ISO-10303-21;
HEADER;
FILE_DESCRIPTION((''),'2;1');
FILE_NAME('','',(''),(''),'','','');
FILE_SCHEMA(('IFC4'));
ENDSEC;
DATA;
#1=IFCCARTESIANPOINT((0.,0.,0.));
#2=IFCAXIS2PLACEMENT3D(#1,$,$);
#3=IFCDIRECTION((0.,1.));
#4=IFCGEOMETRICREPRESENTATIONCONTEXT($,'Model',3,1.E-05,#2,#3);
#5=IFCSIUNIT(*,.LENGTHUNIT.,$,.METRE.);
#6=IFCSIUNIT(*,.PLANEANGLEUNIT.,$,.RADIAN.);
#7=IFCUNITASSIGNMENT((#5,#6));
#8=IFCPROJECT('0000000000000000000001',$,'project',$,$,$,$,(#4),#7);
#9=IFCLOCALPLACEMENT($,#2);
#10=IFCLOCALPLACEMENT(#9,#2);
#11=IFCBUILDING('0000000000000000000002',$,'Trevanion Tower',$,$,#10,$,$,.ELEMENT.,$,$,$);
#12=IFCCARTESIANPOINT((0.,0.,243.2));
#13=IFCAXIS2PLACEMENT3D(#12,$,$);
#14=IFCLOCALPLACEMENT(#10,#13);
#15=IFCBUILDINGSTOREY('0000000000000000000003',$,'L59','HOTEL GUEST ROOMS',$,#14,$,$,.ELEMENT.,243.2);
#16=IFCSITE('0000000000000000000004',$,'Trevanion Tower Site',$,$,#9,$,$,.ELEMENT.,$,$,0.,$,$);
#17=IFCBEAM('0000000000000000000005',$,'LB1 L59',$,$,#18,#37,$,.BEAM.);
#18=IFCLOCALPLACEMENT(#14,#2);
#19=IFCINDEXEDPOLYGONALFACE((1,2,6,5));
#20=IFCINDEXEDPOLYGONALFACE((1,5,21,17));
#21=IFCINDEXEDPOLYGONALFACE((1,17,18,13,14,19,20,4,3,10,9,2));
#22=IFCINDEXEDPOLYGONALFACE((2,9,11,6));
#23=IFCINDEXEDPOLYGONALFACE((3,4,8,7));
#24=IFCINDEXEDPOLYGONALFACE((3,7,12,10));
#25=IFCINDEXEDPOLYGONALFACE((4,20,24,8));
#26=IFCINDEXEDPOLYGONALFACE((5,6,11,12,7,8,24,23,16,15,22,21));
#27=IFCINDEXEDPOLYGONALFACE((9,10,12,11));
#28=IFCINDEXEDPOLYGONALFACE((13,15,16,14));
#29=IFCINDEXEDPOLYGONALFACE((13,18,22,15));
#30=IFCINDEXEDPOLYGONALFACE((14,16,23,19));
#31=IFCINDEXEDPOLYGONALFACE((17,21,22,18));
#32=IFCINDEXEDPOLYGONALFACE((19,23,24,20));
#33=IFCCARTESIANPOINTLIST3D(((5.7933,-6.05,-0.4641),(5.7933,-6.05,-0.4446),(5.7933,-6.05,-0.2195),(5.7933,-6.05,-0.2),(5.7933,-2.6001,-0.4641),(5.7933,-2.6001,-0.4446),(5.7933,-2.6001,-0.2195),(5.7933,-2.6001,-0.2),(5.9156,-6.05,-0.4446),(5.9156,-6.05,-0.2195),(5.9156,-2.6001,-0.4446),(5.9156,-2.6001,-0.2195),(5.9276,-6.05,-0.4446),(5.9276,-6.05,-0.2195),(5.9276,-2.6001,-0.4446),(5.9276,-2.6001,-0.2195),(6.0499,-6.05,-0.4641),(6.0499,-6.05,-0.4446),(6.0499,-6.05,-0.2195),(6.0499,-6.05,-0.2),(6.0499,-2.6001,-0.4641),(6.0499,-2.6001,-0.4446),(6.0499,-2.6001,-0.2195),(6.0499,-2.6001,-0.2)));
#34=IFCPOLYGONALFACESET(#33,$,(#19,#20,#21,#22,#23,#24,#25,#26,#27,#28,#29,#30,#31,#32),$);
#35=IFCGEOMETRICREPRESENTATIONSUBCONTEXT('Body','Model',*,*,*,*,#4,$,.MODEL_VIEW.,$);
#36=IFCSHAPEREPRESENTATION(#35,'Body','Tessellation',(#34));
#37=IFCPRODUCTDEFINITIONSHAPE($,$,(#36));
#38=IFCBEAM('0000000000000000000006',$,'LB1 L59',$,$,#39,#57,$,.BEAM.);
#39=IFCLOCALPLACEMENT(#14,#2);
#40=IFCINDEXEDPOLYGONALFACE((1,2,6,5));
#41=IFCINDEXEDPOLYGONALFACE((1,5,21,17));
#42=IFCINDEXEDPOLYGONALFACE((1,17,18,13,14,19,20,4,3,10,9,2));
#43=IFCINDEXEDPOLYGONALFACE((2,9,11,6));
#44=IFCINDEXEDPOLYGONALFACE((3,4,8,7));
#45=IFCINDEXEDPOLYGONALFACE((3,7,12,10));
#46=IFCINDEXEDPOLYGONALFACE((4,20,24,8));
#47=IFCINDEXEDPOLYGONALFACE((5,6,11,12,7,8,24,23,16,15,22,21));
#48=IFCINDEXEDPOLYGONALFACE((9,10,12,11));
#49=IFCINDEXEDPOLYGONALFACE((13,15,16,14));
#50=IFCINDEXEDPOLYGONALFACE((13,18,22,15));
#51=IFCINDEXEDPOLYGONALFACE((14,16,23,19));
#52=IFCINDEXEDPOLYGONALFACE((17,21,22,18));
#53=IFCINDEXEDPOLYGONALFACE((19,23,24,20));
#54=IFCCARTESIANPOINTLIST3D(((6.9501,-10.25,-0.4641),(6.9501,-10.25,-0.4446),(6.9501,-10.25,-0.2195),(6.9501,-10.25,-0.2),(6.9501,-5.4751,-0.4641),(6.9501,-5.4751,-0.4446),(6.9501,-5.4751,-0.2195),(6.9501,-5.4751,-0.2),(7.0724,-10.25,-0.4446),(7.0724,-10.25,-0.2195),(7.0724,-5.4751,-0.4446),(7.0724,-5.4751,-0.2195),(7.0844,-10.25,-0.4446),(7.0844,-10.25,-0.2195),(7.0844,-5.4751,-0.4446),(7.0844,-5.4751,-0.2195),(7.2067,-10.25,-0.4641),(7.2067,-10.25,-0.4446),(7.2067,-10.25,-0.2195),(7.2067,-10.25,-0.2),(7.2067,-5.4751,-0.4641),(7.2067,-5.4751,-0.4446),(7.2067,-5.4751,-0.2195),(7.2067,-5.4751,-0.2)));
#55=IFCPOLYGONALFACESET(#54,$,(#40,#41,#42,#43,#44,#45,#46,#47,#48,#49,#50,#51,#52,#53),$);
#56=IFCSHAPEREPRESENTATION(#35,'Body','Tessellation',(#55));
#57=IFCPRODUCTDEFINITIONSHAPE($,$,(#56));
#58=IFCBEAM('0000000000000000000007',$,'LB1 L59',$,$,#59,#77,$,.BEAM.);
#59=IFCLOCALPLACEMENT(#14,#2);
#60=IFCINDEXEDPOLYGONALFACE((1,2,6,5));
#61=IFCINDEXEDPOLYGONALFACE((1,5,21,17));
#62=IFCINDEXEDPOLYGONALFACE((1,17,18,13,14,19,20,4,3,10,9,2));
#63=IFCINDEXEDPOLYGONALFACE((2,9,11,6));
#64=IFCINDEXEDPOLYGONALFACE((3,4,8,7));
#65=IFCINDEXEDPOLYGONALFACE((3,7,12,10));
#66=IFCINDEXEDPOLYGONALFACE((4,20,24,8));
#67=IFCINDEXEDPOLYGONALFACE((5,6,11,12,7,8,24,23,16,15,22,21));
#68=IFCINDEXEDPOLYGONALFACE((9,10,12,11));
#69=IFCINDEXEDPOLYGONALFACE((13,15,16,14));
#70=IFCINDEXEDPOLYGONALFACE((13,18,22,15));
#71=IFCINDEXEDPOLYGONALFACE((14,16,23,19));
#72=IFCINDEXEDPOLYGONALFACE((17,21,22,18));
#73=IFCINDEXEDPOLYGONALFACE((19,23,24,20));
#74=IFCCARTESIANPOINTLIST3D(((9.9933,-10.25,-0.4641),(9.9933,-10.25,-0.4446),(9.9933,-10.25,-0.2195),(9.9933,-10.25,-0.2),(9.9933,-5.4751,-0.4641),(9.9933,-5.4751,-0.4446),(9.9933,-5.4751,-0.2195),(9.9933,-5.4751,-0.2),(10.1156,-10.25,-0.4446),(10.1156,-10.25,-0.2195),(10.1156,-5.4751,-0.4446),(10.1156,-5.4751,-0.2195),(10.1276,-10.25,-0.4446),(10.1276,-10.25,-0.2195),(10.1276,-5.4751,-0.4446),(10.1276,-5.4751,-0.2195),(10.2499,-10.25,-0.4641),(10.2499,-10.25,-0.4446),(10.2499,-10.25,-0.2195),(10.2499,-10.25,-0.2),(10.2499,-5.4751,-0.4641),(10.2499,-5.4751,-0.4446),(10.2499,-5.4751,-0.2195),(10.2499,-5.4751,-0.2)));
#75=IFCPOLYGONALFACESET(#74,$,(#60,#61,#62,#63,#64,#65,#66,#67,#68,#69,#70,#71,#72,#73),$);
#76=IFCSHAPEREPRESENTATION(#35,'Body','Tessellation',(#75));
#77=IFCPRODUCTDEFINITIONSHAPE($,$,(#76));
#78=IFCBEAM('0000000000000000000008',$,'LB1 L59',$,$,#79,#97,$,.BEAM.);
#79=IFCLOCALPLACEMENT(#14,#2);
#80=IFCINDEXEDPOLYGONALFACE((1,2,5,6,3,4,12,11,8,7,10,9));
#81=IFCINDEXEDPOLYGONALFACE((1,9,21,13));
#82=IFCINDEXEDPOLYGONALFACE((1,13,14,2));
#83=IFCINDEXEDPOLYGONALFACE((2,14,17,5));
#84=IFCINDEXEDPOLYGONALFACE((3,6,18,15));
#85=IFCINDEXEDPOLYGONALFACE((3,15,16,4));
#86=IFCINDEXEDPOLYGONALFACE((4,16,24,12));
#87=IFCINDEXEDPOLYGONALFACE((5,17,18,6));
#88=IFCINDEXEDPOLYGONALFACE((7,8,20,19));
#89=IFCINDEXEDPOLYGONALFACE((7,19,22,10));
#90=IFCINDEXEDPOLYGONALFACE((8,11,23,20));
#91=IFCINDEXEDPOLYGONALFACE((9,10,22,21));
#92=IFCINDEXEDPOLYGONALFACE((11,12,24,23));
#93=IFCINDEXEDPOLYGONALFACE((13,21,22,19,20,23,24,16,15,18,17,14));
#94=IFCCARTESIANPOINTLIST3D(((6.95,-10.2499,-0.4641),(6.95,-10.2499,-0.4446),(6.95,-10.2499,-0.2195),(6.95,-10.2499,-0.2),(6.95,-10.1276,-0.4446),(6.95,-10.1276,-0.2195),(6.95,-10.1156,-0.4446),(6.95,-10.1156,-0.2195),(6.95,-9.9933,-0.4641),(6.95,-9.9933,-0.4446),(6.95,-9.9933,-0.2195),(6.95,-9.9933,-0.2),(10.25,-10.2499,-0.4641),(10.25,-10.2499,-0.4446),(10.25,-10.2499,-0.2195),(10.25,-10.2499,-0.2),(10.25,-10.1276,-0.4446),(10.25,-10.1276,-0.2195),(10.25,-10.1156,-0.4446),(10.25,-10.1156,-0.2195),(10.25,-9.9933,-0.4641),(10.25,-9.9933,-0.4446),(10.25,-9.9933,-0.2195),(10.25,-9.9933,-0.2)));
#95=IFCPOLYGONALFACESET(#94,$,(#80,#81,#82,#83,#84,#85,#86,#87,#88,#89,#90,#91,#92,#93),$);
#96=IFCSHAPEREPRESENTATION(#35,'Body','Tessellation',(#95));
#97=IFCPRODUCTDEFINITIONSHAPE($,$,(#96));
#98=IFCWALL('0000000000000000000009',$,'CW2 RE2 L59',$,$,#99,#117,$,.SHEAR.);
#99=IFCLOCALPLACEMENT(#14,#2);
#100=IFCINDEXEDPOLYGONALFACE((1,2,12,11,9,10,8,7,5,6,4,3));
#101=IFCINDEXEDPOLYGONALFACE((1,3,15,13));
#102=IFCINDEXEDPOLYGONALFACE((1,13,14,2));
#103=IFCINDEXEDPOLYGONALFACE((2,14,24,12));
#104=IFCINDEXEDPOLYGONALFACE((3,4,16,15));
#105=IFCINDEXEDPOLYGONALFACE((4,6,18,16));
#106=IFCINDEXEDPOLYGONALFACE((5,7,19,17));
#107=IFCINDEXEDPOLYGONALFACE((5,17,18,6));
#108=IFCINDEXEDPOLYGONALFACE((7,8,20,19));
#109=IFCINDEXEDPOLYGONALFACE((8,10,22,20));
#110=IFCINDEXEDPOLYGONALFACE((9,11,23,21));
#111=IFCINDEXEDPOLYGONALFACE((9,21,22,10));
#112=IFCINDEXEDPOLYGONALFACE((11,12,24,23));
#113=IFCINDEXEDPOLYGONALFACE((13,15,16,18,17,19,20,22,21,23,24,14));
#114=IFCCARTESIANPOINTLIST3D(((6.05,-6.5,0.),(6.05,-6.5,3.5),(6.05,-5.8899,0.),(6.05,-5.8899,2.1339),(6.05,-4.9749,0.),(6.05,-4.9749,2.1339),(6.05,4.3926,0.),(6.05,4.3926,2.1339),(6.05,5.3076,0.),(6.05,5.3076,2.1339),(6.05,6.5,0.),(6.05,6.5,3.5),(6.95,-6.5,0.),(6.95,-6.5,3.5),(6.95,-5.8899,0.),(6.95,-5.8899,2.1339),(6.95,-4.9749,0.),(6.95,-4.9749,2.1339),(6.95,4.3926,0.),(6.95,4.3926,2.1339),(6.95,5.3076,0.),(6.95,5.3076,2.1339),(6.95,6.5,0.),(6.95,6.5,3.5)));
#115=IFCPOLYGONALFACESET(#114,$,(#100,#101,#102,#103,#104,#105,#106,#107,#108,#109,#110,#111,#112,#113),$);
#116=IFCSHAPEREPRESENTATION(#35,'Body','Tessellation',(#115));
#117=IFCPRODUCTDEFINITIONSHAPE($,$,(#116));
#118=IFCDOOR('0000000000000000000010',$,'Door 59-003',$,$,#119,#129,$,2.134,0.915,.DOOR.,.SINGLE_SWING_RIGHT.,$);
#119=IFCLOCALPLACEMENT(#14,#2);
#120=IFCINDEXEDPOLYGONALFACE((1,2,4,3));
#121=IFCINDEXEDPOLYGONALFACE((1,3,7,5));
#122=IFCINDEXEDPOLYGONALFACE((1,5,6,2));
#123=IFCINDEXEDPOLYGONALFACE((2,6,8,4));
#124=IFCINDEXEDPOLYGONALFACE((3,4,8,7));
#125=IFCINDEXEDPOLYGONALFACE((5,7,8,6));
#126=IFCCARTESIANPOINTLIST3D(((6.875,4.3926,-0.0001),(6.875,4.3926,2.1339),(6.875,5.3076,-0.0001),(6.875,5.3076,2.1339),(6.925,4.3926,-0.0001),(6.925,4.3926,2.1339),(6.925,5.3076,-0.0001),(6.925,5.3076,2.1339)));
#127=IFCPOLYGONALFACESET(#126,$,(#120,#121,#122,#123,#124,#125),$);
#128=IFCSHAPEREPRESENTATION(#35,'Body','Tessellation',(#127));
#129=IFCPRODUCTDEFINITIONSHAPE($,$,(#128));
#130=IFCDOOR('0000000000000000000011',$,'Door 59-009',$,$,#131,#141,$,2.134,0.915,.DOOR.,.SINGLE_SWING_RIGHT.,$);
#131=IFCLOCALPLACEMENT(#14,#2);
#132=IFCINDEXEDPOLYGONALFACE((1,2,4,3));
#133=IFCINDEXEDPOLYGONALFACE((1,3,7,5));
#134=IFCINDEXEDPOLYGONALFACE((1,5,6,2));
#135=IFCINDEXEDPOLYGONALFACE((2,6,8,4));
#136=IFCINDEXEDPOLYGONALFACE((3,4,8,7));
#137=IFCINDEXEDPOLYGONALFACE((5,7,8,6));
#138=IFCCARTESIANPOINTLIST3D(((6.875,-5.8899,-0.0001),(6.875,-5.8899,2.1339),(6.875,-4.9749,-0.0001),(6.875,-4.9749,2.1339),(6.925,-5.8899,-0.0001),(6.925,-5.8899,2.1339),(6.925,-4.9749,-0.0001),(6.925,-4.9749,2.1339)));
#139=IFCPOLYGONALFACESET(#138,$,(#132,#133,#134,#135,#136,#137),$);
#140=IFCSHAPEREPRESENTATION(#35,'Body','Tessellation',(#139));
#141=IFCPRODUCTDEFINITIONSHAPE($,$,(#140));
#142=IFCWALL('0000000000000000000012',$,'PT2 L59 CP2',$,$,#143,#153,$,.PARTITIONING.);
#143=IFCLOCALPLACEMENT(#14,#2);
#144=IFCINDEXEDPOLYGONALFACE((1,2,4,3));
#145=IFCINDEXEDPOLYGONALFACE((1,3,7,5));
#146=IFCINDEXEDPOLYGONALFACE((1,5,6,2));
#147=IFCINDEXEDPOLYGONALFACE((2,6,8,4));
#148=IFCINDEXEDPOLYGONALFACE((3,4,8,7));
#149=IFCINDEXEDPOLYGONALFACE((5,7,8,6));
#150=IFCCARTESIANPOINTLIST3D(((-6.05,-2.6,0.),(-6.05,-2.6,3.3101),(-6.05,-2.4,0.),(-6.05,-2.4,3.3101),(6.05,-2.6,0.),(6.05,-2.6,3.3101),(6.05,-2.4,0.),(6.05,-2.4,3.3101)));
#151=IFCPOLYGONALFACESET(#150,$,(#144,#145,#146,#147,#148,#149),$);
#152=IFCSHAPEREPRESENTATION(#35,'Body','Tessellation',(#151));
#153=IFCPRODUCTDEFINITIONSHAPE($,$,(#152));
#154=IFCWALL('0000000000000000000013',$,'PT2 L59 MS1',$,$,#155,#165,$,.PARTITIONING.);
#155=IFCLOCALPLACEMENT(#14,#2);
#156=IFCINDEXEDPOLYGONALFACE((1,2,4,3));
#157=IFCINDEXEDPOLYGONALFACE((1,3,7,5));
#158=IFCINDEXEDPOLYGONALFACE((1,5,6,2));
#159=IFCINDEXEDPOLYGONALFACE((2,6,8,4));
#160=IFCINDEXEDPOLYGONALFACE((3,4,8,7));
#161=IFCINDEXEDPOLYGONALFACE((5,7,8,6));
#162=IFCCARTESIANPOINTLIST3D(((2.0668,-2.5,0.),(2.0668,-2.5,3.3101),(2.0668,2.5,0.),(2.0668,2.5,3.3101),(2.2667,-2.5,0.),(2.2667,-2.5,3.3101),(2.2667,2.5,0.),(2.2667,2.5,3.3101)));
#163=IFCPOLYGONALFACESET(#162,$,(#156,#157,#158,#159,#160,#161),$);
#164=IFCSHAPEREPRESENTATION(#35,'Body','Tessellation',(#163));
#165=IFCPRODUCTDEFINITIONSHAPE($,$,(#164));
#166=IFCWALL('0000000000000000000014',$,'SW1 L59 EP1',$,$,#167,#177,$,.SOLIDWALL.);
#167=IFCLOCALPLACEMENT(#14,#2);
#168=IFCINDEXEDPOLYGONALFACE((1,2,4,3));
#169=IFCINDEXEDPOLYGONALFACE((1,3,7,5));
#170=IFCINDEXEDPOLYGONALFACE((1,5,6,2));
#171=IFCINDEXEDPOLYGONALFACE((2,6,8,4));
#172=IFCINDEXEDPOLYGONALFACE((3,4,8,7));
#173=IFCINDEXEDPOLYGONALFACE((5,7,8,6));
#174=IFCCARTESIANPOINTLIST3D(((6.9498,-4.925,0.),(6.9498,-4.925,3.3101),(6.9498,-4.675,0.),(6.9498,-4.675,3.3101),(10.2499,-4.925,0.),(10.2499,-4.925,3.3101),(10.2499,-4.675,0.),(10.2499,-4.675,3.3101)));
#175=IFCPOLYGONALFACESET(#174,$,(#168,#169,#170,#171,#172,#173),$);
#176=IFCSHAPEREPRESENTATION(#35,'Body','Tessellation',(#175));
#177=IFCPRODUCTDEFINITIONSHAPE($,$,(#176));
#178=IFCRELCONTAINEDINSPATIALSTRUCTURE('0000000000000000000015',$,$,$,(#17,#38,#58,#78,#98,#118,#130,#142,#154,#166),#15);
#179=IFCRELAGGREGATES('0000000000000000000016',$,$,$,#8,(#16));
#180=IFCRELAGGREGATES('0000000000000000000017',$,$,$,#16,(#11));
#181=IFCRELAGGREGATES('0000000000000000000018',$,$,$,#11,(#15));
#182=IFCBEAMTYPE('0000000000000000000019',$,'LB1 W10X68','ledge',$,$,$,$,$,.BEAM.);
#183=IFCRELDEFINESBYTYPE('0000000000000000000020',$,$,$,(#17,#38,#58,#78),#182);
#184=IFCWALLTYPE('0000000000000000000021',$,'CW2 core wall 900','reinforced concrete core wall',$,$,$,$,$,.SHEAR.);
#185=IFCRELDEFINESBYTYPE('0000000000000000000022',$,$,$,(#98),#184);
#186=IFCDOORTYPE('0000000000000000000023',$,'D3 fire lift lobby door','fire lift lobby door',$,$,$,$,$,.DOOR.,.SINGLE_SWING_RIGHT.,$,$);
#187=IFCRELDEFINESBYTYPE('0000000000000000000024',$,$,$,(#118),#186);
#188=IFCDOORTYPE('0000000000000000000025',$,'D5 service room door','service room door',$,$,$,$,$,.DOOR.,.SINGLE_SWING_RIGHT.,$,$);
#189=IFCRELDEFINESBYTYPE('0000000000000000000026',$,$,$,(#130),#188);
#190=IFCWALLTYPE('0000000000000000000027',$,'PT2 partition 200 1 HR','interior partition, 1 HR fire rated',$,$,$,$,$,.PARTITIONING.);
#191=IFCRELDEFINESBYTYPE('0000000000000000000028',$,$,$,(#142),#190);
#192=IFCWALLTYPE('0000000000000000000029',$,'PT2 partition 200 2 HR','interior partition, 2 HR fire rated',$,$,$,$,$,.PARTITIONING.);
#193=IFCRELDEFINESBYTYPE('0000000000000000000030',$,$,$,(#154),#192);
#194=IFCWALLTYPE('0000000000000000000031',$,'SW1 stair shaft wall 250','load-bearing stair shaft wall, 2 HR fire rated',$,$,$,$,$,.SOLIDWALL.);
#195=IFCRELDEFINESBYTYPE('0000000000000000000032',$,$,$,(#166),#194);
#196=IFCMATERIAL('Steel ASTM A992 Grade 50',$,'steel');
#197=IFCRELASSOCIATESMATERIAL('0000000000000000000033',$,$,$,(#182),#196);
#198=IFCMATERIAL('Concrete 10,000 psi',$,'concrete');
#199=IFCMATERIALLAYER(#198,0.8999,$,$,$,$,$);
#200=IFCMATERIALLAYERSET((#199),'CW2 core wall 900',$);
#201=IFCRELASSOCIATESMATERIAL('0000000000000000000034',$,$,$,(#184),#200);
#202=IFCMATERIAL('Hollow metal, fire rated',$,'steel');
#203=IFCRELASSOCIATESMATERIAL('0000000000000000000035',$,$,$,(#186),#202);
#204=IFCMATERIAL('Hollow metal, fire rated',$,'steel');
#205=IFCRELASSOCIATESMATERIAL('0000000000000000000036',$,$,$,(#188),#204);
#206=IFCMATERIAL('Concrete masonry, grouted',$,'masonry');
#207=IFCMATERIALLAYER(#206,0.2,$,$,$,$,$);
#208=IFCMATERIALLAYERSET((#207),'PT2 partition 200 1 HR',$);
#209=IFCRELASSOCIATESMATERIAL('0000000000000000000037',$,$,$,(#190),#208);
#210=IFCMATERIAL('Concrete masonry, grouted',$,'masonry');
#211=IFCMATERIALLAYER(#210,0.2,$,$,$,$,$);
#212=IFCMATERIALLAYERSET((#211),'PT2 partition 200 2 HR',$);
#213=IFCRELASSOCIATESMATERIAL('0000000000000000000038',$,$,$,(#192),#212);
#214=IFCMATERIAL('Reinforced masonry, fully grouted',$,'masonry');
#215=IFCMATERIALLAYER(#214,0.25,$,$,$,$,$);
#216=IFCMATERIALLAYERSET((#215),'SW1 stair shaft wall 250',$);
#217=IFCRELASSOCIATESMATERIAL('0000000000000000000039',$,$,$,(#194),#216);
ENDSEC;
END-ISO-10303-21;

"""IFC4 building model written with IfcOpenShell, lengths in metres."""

from ifc_helpers import new_model, si_unit, direction, frame, frame_2d, origin, origin_2d, place, context, subcontext, project, spatial, rectangle, i_section, extrude, material, layer, layer_set, material_profile, profile_set, type_object, element, fill, save


model = new_model("IFC4")

# Units and contexts
model_context = context("Model", 3, precision=1e-05, world=origin(), true_north=direction((0.0, 1.0)))
body_context = subcontext(model_context, "Body", "Model", "MODEL_VIEW")
ifc_project = project(units=[si_unit("LENGTHUNIT", "METRE"), si_unit("PLANEANGLEUNIT", "RADIAN")], contexts=[model_context])

# Site, building, storey
site_placement = place(None, origin())
site = spatial("IfcSite", under=ifc_project, at=site_placement, Name="Trevanion Tower Site", CompositionType="ELEMENT", RefElevation=0.0)
building_placement = place(site_placement, origin())
building = spatial("IfcBuilding", under=site, at=building_placement, Name="Trevanion Tower", CompositionType="ELEMENT")
storey_placement = place(building_placement, frame((0.0, 0.0, 243.2)))
storey = spatial("IfcBuildingStorey", under=building, at=storey_placement, Name="L59", Description="HOTEL GUEST ROOMS", CompositionType="ELEMENT", Elevation=243.2)

# Beams
ifc_material_1 = material(Name="Steel ASTM A992 Grade 50", Category="steel")
ifc_material_profile = material_profile(ifc_material_1, i_section(OverallWidth=0.2566, OverallDepth=0.2642, WebThickness=0.012, FlangeThickness=0.0195, at=origin_2d()), Name="W10X68")
ifc_profile_set = profile_set([ifc_material_profile], Name="Steel ASTM A992 Grade 50")
beam_type = type_object("IfcBeamType", Name="LB1 W10X68", Description="ledge", PredefinedType="BEAM", material=ifc_profile_set)
beam_1_placement = place(storey_placement, frame((5.9216, -6.05, -0.332), z_axis=(0.0, 1.0, 0.0), x_axis=(-1.0, 0.0, 0.0)))
element("IfcBeam", 1, at=beam_1_placement, inside=storey, type_object=beam_type, Name="LB1 L59", PredefinedType="BEAM", context=body_context, shape_type="SweptSolid", body=[
    extrude(i_section(OverallWidth=0.2566, OverallDepth=0.2642, WebThickness=0.012, FlangeThickness=0.0195, at=origin_2d()), origin(), (0.0, 0.0, 1.0), 3.45),
])
for number, where, z_axis, x_axis, name in (
    (2, (7.0784, -10.25, -0.332), (0.0, 1.0, 0.0), (-1.0, 0.0, 0.0), "LB1 L59"),
    (3, (10.1216, -10.25, -0.332), (0.0, 1.0, 0.0), (-1.0, 0.0, 0.0), "LB1 L59"),
):
    element("IfcBeam", number, at=place(storey_placement, frame(where, z_axis=z_axis, x_axis=x_axis)), inside=storey, type_object=beam_type, Name=name, PredefinedType="BEAM", context=body_context, shape_type="SweptSolid", body=[
        extrude(i_section(OverallWidth=0.2566, OverallDepth=0.2642, WebThickness=0.012, FlangeThickness=0.0195, at=origin_2d()), origin(), (0.0, 0.0, 1.0), 4.7749),
    ])
beam_2_placement = place(storey_placement, frame((6.95, -10.1216, -0.332), z_axis=(1.0, 0.0, 0.0), x_axis=(0.0, 1.0, 0.0)))
element("IfcBeam", 4, at=beam_2_placement, inside=storey, type_object=beam_type, Name="LB1 L59", PredefinedType="BEAM", context=body_context, shape_type="SweptSolid", body=[
    extrude(i_section(OverallWidth=0.2566, OverallDepth=0.2642, WebThickness=0.012, FlangeThickness=0.0195, at=origin_2d()), origin(), (0.0, 0.0, 1.0), 3.3),
])

# Wall, openings, doors
ifc_material_2 = material(Name="Concrete 10,000 psi", Category="concrete")
ifc_layer_1 = layer(ifc_material_2, 0.8999)
ifc_layer_set_1 = layer_set([ifc_layer_1], Name="CW2 core wall 900")
wall_type_1 = type_object("IfcWallType", Name="CW2 core wall 900", Description="reinforced concrete core wall", PredefinedType="SHEAR", material=ifc_layer_set_1)
wall_1_placement = place(storey_placement, frame((6.5, -6.5, 0.0), z_axis=(0.0, 0.0, 1.0), x_axis=(0.0, 1.0, 0.0)))
wall_1 = element("IfcWall", 5, at=wall_1_placement, inside=storey, type_object=wall_type_1, Name="CW2 RE2 L59", PredefinedType="SHEAR", context=body_context, shape_type="SweptSolid", body=[
    extrude(rectangle(XDim=13.0, YDim=0.8999, at=frame_2d((6.5, 0.0))), origin(), (0.0, 0.0, 1.0), 3.5),
])
opening_1_placement = place(wall_1_placement, frame((10.8926, 0.0, 0.0)))
opening_1 = element("IfcOpeningElement", 6, at=opening_1_placement, cuts=wall_1, PredefinedType="OPENING", context=body_context, shape_type="SweptSolid", body=[
    extrude(rectangle(XDim=0.915, YDim=2.134, at=frame_2d((0.4575, 1.0669))), frame((0.0, 0.46, 0.0), z_axis=(0.0, -1.0, 0.0), x_axis=(1.0, 0.0, 0.0)), (0.0, 0.0, 1.0), 0.9199),
])
opening_2_placement = place(wall_1_placement, frame((0.6101, 0.0, 0.0)))
opening_2 = element("IfcOpeningElement", 7, at=opening_2_placement, cuts=wall_1, PredefinedType="OPENING", context=body_context, shape_type="SweptSolid", body=[
    extrude(rectangle(XDim=0.915, YDim=2.134, at=frame_2d((0.4575, 1.0669))), frame((0.0, 0.46, 0.0), z_axis=(0.0, -1.0, 0.0), x_axis=(1.0, 0.0, 0.0)), (0.0, 0.0, 1.0), 0.9199),
])
ifc_material_3 = material(Name="Hollow metal, fire rated", Category="steel")
door_type_1 = type_object("IfcDoorType", Name="D3 fire lift lobby door", Description="fire lift lobby door", OperationType="SINGLE_SWING_RIGHT", PredefinedType="DOOR", material=ifc_material_3)
door_1_placement = place(opening_1_placement, origin())
door_1 = element("IfcDoor", 8, at=door_1_placement, inside=storey, type_object=door_type_1, Name="Door 59-003", OperationType="SINGLE_SWING_RIGHT", OverallHeight=2.134, OverallWidth=0.915, PredefinedType="DOOR", context=body_context, shape_type="SweptSolid", body=[
    extrude(rectangle(XDim=0.915, YDim=2.134, at=frame_2d((0.4575, 1.0669))), frame((0.0, -0.375, 0.0), z_axis=(0.0, -1.0, 0.0), x_axis=(1.0, 0.0, 0.0)), (0.0, 0.0, 1.0), 0.05),
])
fill(opening_1, door_1)
ifc_material_4 = material(Name="Hollow metal, fire rated", Category="steel")
door_type_2 = type_object("IfcDoorType", Name="D5 service room door", Description="service room door", OperationType="SINGLE_SWING_RIGHT", PredefinedType="DOOR", material=ifc_material_4)
door_2_placement = place(opening_2_placement, origin())
door_2 = element("IfcDoor", 9, at=door_2_placement, inside=storey, type_object=door_type_2, Name="Door 59-009", OperationType="SINGLE_SWING_RIGHT", OverallHeight=2.134, OverallWidth=0.915, PredefinedType="DOOR", context=body_context, shape_type="SweptSolid", body=[
    extrude(rectangle(XDim=0.915, YDim=2.134, at=frame_2d((0.4575, 1.0669))), frame((0.0, -0.375, 0.0), z_axis=(0.0, -1.0, 0.0), x_axis=(1.0, 0.0, 0.0)), (0.0, 0.0, 1.0), 0.05),
])
fill(opening_2, door_2)

# Walls
ifc_material_5 = material(Name="Concrete masonry, grouted", Category="masonry")
ifc_layer_2 = layer(ifc_material_5, 0.2)
ifc_layer_set_2 = layer_set([ifc_layer_2], Name="PT2 partition 200 1 HR")
wall_type_2 = type_object("IfcWallType", Name="PT2 partition 200 1 HR", Description="interior partition, 1 HR fire rated", PredefinedType="PARTITIONING", material=ifc_layer_set_2)
wall_2_placement = place(storey_placement, frame((6.05, -2.5, 0.0), z_axis=(0.0, 0.0, 1.0), x_axis=(-1.0, 0.0, 0.0)))
element("IfcWall", 10, at=wall_2_placement, inside=storey, type_object=wall_type_2, Name="PT2 L59 CP2", PredefinedType="PARTITIONING", context=body_context, shape_type="SweptSolid", body=[
    extrude(rectangle(XDim=12.1001, YDim=0.2, at=frame_2d((6.05, 0.0))), origin(), (0.0, 0.0, 1.0), 3.3101),
])
ifc_material_6 = material(Name="Concrete masonry, grouted", Category="masonry")
ifc_layer_3 = layer(ifc_material_6, 0.2)
ifc_layer_set_3 = layer_set([ifc_layer_3], Name="PT2 partition 200 2 HR")
wall_type_3 = type_object("IfcWallType", Name="PT2 partition 200 2 HR", Description="interior partition, 2 HR fire rated", PredefinedType="PARTITIONING", material=ifc_layer_set_3)
wall_3_placement = place(storey_placement, frame((2.1667, -2.5, 0.0), z_axis=(0.0, 0.0, 1.0), x_axis=(0.0, 1.0, 0.0)))
element("IfcWall", 11, at=wall_3_placement, inside=storey, type_object=wall_type_3, Name="PT2 L59 MS1", PredefinedType="PARTITIONING", context=body_context, shape_type="SweptSolid", body=[
    extrude(rectangle(XDim=5.0, YDim=0.2, at=frame_2d((2.5, 0.0))), origin(), (0.0, 0.0, 1.0), 3.3101),
])
ifc_material_7 = material(Name="Reinforced masonry, fully grouted", Category="masonry")
ifc_layer_4 = layer(ifc_material_7, 0.25)
ifc_layer_set_4 = layer_set([ifc_layer_4], Name="SW1 stair shaft wall 250")
wall_type_4 = type_object("IfcWallType", Name="SW1 stair shaft wall 250", Description="load-bearing stair shaft wall, 2 HR fire rated", PredefinedType="SOLIDWALL", material=ifc_layer_set_4)
wall_4_placement = place(storey_placement, frame((6.95, -4.8, 0.0), z_axis=(0.0, 0.0, 1.0), x_axis=(1.0, 0.0, 0.0)))
element("IfcWall", 12, at=wall_4_placement, inside=storey, type_object=wall_type_4, Name="SW1 L59 EP1", PredefinedType="SOLIDWALL", context=body_context, shape_type="SweptSolid", body=[
    extrude(rectangle(XDim=3.3, YDim=0.25, at=frame_2d((1.6499, 0.0))), origin(), (0.0, 0.0, 1.0), 3.3101),
])

save(model, "model.ifc")
